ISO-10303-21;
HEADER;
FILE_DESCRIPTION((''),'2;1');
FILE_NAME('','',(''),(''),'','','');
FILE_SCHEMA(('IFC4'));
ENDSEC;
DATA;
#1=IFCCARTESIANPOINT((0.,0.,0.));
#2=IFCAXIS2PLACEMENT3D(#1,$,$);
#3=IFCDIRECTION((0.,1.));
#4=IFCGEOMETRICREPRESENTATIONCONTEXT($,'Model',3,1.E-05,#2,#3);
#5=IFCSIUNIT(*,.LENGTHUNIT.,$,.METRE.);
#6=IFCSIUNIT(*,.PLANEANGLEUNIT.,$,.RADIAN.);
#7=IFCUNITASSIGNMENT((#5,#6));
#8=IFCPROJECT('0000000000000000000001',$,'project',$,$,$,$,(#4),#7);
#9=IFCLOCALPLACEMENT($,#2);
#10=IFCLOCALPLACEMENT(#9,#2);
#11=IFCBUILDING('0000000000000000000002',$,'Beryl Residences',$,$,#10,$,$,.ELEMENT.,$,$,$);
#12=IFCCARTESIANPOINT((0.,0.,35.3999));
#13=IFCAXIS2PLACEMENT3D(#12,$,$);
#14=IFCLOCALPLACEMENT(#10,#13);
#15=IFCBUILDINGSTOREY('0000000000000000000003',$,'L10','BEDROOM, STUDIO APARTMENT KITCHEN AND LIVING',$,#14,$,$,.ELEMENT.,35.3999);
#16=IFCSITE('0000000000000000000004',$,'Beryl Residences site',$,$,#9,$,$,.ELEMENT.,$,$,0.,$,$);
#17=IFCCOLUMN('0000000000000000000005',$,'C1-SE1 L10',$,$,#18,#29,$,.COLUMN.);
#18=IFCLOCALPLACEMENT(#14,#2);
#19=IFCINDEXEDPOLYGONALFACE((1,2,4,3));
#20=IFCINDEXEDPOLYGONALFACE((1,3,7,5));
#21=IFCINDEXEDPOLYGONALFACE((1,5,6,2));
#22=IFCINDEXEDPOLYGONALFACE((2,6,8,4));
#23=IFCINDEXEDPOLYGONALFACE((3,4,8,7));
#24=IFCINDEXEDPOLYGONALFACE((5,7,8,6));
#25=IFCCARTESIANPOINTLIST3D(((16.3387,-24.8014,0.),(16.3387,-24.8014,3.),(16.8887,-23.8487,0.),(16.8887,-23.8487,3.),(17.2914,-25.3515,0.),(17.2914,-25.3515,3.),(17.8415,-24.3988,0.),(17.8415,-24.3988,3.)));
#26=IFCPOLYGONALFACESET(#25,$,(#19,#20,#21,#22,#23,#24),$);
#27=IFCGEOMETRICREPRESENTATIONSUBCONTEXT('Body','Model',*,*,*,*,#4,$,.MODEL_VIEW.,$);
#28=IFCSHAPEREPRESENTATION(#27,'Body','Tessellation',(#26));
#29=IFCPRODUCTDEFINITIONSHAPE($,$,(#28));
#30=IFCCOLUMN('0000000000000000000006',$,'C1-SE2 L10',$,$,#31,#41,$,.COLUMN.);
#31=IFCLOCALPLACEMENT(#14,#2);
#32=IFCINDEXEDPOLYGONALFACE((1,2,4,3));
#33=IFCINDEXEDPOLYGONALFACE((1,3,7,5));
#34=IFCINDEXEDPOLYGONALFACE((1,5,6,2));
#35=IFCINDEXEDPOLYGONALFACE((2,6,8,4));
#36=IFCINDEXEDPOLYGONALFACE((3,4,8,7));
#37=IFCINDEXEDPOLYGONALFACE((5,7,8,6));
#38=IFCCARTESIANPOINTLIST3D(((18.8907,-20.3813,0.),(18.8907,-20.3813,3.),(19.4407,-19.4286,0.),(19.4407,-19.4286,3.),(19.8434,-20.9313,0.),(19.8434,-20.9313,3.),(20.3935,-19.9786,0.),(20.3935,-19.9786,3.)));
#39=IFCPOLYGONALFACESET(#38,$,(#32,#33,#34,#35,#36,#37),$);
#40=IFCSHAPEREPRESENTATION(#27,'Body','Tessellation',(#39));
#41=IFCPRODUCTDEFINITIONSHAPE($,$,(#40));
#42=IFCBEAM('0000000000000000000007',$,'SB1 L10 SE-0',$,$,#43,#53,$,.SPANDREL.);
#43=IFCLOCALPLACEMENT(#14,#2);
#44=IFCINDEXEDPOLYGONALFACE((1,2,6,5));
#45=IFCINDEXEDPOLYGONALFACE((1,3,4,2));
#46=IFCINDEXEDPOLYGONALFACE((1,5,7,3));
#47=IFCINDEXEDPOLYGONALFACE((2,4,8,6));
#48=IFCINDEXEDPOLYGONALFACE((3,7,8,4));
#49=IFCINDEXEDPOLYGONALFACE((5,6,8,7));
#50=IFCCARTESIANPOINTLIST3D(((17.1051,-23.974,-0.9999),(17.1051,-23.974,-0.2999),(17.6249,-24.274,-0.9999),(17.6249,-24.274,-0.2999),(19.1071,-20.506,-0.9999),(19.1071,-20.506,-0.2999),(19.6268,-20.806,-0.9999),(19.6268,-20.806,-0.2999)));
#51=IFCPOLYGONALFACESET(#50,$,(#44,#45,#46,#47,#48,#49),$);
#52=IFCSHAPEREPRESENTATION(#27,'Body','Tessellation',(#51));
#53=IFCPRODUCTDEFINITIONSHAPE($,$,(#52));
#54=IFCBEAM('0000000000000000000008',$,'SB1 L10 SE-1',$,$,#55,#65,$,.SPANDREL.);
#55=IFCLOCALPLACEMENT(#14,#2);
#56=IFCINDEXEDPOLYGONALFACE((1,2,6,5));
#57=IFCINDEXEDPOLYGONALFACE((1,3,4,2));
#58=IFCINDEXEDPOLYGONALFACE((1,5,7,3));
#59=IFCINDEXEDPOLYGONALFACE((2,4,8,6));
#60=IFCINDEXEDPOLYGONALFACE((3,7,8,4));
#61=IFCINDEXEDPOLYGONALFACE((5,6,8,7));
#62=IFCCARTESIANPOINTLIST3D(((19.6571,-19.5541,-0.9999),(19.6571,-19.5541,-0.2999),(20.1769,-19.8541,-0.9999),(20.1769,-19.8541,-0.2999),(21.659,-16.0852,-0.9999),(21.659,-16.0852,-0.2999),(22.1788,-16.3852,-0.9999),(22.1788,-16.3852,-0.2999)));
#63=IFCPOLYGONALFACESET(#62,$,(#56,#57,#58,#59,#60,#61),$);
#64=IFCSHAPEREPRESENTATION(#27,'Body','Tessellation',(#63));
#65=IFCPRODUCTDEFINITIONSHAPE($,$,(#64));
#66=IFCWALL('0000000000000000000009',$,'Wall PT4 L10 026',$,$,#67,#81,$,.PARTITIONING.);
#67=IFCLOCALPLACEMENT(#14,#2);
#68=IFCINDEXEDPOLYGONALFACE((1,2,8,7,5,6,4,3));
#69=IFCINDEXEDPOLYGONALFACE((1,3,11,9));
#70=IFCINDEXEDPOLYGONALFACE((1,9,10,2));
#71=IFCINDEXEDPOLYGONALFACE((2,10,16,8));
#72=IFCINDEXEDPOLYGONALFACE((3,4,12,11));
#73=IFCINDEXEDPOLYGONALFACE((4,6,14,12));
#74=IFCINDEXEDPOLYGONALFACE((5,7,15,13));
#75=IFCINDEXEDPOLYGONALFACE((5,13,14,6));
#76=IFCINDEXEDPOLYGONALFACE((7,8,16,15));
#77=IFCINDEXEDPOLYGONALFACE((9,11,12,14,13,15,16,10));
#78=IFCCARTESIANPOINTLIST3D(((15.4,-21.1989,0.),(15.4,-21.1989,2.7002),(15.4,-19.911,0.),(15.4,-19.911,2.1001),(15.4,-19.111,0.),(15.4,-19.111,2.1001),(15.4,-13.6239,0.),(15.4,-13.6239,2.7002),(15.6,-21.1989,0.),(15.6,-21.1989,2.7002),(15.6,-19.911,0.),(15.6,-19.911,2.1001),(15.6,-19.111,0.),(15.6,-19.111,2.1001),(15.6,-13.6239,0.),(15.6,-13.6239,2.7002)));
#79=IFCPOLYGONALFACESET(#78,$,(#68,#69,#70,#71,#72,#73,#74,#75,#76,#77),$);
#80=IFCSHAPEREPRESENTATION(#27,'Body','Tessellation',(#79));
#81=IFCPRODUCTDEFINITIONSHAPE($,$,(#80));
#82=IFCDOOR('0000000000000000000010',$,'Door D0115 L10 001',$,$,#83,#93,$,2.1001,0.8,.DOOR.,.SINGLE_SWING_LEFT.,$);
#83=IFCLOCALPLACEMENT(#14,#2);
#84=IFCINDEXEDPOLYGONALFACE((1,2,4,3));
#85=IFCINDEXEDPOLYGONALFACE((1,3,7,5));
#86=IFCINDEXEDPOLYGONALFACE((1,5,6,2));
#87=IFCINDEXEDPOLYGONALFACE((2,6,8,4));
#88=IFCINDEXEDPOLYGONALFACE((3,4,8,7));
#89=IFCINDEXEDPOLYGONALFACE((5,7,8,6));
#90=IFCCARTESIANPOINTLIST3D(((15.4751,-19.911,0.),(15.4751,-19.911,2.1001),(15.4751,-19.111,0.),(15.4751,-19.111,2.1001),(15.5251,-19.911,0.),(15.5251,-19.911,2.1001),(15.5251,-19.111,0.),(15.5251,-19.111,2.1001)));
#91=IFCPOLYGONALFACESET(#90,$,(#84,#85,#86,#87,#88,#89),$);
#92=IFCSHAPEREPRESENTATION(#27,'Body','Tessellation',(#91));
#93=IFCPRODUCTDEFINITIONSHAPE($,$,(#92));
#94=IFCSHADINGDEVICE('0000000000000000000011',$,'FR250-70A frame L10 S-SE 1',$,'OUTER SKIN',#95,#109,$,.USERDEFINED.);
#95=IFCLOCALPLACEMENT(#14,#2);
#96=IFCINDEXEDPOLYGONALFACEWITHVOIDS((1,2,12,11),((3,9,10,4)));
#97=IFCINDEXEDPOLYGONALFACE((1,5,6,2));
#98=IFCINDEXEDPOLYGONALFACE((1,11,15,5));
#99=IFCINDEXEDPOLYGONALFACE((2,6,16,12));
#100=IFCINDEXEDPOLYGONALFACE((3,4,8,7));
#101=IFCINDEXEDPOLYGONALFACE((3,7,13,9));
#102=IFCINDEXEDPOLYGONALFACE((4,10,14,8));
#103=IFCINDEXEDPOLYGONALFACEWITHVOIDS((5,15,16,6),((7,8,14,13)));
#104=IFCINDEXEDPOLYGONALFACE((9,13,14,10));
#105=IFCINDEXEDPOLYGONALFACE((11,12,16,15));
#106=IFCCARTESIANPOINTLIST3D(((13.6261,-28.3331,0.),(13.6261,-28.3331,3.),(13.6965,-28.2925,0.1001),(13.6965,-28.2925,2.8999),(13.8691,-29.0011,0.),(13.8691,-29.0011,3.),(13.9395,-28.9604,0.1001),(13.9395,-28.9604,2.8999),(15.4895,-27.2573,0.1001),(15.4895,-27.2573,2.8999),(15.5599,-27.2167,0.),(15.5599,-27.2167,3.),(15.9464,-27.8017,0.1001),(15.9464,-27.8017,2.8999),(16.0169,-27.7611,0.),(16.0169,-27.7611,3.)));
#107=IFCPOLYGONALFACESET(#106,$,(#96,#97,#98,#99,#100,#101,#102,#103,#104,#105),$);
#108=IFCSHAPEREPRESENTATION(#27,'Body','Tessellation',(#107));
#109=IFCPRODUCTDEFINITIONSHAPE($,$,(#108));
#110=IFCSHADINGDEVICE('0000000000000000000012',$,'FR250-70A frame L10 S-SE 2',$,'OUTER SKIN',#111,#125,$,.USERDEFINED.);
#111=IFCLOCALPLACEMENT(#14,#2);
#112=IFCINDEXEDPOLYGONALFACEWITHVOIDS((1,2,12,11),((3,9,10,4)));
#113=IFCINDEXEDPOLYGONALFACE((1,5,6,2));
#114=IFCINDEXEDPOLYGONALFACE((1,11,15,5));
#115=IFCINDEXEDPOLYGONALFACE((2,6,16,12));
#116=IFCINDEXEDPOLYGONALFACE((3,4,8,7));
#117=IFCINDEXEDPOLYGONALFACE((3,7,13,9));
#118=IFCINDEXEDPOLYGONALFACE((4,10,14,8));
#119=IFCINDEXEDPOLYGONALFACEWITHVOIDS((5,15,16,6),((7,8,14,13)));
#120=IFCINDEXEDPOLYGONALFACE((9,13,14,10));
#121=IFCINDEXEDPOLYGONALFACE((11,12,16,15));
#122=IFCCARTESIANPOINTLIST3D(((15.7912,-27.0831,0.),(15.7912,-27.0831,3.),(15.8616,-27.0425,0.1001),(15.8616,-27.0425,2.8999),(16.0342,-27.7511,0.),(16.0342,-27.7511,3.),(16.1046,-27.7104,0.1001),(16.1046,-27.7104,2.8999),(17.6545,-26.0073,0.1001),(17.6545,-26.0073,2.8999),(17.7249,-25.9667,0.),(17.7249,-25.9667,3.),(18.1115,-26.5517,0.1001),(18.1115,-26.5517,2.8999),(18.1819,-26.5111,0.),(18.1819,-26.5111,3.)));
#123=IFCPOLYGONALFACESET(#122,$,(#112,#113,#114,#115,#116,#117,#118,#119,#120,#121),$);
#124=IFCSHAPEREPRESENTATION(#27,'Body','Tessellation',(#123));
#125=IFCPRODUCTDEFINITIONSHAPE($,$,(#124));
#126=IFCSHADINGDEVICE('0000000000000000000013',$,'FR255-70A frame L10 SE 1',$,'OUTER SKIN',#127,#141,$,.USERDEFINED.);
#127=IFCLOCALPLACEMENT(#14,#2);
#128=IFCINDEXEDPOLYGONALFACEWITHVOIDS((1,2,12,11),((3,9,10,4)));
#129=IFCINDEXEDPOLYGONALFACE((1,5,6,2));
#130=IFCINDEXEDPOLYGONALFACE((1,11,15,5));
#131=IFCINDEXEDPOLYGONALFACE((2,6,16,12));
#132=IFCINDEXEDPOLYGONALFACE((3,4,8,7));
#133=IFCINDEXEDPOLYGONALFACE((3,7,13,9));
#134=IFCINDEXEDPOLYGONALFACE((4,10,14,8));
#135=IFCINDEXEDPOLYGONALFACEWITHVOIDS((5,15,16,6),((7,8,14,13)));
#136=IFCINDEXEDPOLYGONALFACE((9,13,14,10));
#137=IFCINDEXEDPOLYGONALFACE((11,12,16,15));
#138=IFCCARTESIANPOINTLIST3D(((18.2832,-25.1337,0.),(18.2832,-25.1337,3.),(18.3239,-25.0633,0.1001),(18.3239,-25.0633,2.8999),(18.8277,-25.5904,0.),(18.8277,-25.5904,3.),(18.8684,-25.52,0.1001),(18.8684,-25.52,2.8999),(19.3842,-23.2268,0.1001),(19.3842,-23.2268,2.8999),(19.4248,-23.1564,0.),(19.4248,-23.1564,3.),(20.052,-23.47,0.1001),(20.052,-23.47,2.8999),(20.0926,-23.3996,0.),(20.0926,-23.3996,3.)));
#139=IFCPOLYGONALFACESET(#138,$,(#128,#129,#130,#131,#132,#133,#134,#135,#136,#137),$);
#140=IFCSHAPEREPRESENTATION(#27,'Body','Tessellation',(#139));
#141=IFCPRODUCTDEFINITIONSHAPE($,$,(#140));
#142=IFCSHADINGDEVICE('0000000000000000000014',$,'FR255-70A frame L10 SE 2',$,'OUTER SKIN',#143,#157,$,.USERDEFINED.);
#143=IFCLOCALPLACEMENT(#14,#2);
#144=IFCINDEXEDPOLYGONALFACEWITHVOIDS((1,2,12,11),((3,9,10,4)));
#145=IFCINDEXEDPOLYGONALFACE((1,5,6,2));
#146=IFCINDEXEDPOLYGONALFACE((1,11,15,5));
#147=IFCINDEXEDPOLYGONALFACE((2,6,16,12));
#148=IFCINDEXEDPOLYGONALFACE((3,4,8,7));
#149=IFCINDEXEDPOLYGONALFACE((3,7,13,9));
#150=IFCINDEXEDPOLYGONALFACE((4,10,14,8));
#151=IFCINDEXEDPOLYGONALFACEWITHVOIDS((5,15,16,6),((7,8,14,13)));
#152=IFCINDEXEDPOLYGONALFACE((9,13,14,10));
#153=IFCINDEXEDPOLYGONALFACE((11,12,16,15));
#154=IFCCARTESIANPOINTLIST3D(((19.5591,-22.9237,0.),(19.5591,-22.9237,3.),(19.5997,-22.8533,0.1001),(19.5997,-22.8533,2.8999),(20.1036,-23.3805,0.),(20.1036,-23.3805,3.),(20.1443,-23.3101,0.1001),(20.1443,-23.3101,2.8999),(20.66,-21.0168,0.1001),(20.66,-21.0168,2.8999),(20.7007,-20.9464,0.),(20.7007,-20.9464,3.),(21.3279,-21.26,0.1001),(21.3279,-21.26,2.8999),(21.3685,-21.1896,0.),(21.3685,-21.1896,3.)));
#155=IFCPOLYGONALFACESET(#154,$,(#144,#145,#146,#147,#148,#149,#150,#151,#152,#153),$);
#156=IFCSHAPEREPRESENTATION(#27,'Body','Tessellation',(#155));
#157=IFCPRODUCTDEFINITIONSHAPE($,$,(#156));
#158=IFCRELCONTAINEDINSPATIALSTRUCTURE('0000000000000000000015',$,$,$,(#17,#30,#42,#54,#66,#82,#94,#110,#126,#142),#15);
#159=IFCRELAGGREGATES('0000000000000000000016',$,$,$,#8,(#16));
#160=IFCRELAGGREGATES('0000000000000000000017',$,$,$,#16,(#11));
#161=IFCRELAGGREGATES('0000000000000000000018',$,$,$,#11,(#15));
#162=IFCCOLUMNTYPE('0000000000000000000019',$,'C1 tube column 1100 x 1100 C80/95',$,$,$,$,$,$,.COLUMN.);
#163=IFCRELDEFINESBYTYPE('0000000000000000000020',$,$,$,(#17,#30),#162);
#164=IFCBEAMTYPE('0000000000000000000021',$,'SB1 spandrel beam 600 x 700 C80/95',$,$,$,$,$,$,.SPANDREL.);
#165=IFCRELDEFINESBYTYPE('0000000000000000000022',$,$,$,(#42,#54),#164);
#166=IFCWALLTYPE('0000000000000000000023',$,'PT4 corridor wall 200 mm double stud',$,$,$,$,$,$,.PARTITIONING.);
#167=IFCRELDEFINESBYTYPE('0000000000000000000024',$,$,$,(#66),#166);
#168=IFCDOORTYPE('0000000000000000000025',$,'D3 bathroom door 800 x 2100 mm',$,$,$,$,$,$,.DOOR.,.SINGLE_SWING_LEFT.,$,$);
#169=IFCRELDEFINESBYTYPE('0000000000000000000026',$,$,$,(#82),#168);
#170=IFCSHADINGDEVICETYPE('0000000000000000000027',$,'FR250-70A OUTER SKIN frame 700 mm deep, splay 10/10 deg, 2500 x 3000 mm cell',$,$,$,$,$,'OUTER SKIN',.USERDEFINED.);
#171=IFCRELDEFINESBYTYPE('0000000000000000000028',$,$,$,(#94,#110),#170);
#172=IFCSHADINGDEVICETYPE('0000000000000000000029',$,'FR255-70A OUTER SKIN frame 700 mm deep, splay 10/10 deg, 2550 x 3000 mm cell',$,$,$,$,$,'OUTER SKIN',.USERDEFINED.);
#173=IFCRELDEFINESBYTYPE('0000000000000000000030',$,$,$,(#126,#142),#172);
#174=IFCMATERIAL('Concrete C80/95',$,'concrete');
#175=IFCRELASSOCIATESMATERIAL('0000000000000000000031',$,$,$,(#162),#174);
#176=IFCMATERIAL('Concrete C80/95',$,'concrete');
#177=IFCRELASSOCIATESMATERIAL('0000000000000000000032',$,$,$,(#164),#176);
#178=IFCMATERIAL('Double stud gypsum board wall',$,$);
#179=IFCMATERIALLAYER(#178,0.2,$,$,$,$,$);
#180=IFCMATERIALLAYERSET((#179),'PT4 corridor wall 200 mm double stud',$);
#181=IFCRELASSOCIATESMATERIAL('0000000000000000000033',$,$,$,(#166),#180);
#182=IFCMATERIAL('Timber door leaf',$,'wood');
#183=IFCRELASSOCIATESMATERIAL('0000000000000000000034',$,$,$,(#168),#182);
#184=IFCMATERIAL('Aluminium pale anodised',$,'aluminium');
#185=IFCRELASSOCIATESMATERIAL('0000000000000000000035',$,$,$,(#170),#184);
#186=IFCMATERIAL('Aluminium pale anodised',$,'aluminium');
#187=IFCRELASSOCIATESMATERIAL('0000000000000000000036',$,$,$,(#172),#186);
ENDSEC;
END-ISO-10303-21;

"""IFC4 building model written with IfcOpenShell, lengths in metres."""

from ifc_helpers import new_model, entity, si_unit, direction, frame, frame_2d, origin, origin_2d, place, context, subcontext, project, spatial, rectangle, extrude, source, transform, mapped, material, layer, layer_set, material_profile, profile_set, type_object, type_shapes, element, fill, save


model = new_model("IFC4")

# Units and contexts
model_context = context("Model", 3, precision=1e-05, world=origin(), true_north=direction((0.0, 1.0)))
body_context = subcontext(model_context, "Body", "Model", "MODEL_VIEW")
ifc_project = project(units=[si_unit("LENGTHUNIT", "METRE"), si_unit("PLANEANGLEUNIT", "RADIAN")], contexts=[model_context])

# Site, building, storey
site_placement = place(None, origin())
site = spatial("IfcSite", under=ifc_project, at=site_placement, Name="Beryl Residences site", CompositionType="ELEMENT", RefElevation=0.0)
building_placement = place(site_placement, origin())
building = spatial("IfcBuilding", under=site, at=building_placement, Name="Beryl Residences", CompositionType="ELEMENT")
storey_placement = place(building_placement, frame((0.0, 0.0, 35.3999)))
storey = spatial("IfcBuildingStorey", under=building, at=storey_placement, Name="L10", Description="BEDROOM, STUDIO APARTMENT KITCHEN AND LIVING", CompositionType="ELEMENT", Elevation=35.3999)

# Columns
ifc_material_1 = material(Name="Concrete C80/95", Category="concrete")
ifc_material_profile_1 = material_profile(ifc_material_1, rectangle(XDim=1.1001, YDim=1.1001, at=origin_2d()))
ifc_profile_set_1 = profile_set([ifc_material_profile_1], Name="Concrete C80/95")
column_type = type_object("IfcColumnType", Name="C1 tube column 1100 x 1100 C80/95", PredefinedType="COLUMN", material=ifc_profile_set_1)
for number, where, z_axis, x_axis, name in (
    (1, (17.0901, -24.6001, 0.0), (0.0, 0.0, 1.0), (0.499985, 0.866034, 0.0), "C1-SE1 L10"),
    (2, (19.6421, -20.1799, 0.0), (0.0, 0.0, 1.0), (0.499985, 0.866034, 0.0), "C1-SE2 L10"),
):
    element("IfcColumn", number, at=place(storey_placement, frame(where, z_axis=z_axis, x_axis=x_axis)), inside=storey, type_object=column_type, Name=name, PredefinedType="COLUMN", context=body_context, shape_type="SweptSolid", body=[
        extrude(rectangle(XDim=1.1001, YDim=1.1001, at=origin_2d()), origin(), (0.0, 0.0, 1.0), 3.0),
    ])

# Beams
ifc_material_2 = material(Name="Concrete C80/95", Category="concrete")
ifc_material_profile_2 = material_profile(ifc_material_2, rectangle(XDim=0.6001, YDim=0.7, at=origin_2d()))
ifc_profile_set_2 = profile_set([ifc_material_profile_2], Name="Concrete C80/95")
beam_type = type_object("IfcBeamType", Name="SB1 spandrel beam 600 x 700 C80/95", PredefinedType="SPANDREL", material=ifc_profile_set_2)
beam_1_placement = place(storey_placement, frame((17.365, -24.124, -0.6499), z_axis=(0.499942, 0.866059, 0.0), x_axis=(-0.866059, 0.499942, 0.0)))
element("IfcBeam", 3, at=beam_1_placement, inside=storey, type_object=beam_type, Name="SB1 L10 SE-0", PredefinedType="SPANDREL", context=body_context, shape_type="SweptSolid", body=[
    extrude(rectangle(XDim=0.6001, YDim=0.7, at=origin_2d()), origin(), (0.0, 0.0, 1.0), 4.0044),
])
beam_2_placement = place(storey_placement, frame((19.917, -19.7041, -0.6499), z_axis=(0.499837, 0.86612, 0.0), x_axis=(-0.86612, 0.499837, 0.0)))
element("IfcBeam", 4, at=beam_2_placement, inside=storey, type_object=beam_type, Name="SB1 L10 SE-1", PredefinedType="SPANDREL", context=body_context, shape_type="SweptSolid", body=[
    extrude(rectangle(XDim=0.6001, YDim=0.7, at=origin_2d()), origin(), (0.0, 0.0, 1.0), 4.0051),
])

# Wall, opening, door
ifc_material_3 = material(Name="Double stud gypsum board wall")
ifc_layer_1 = layer(ifc_material_3, 0.2)
ifc_layer_set_1 = layer_set([ifc_layer_1], Name="PT4 corridor wall 200 mm double stud")
wall_type_1 = type_object("IfcWallType", Name="PT4 corridor wall 200 mm double stud", PredefinedType="PARTITIONING", material=ifc_layer_set_1)
wall_1_placement = place(storey_placement, frame((15.5, -21.199, 0.0), z_axis=(0.0, 0.0, 1.0), x_axis=(0.0, 1.0, 0.0)))
wall_1 = element("IfcWall", 5, at=wall_1_placement, inside=storey, type_object=wall_type_1, Name="Wall PT4 L10 026", PredefinedType="PARTITIONING", context=body_context, shape_type="SweptSolid", body=[
    extrude(rectangle(XDim=7.575, YDim=0.2, at=frame_2d((3.7876, 0.0))), origin(), (0.0, 0.0, 1.0), 2.7002),
])
opening_1_placement = place(wall_1_placement, frame((1.2881, 0.0, 0.0)))
opening_1 = element("IfcOpeningElement", 6, at=opening_1_placement, cuts=wall_1, PredefinedType="OPENING", context=body_context, shape_type="SweptSolid", body=[
    extrude(rectangle(XDim=0.8, YDim=2.1001, at=frame_2d((0.3999, 1.05))), frame((0.0, 0.1099, 0.0), z_axis=(0.0, -1.0, 0.0), x_axis=(1.0, 0.0, 0.0)), (0.0, 0.0, 1.0), 0.22),
])
ifc_material_4 = material(Name="Timber door leaf", Category="wood")
door_type = type_object("IfcDoorType", Name="D3 bathroom door 800 x 2100 mm", OperationType="SINGLE_SWING_LEFT", PredefinedType="DOOR", material=ifc_material_4)
door_placement = place(opening_1_placement, origin())
door = element("IfcDoor", 7, at=door_placement, inside=storey, type_object=door_type, Name="Door D0115 L10 001", OperationType="SINGLE_SWING_LEFT", OverallHeight=2.1001, OverallWidth=0.8, PredefinedType="DOOR", context=body_context, shape_type="SweptSolid", body=[
    extrude(rectangle(XDim=0.8, YDim=2.1001, at=frame_2d((0.3999, 1.05))), frame((0.0, 0.0249, 0.0), z_axis=(0.0, -1.0, 0.0), x_axis=(1.0, 0.0, 0.0)), (0.0, 0.0, 1.0), 0.05),
])
fill(opening_1, door)

# Shading devices
ifc_material_5 = material(Name="Aluminium pale anodised", Category="aluminium")
shading_device_type_1 = type_object("IfcShadingDeviceType", Name="FR250-70A OUTER SKIN frame 700 mm deep, splay 10/10 deg, 2500 x 3000 mm cell", ElementType="OUTER SKIN", PredefinedType="USERDEFINED", material=ifc_material_5)
cartesian_point_1 = entity("IfcCartesianPoint", [-1.1165, 0.0])
cartesian_point_2 = entity("IfcCartesianPoint", [-1.0352, 0.1001])
cartesian_point_3 = entity("IfcCartesianPoint", [-1.24, 0.0])
cartesian_point_4 = entity("IfcCartesianPoint", [-1.1587, 0.1001])
shared_shape_1 = source(origin(), body_context, "Body", "SweptSolid", [
    entity("IfcExtrudedAreaSolidTapered", entity("IfcArbitraryProfileDefWithVoids", "AREA", None, entity("IfcPolyline", [cartesian_point_1, entity("IfcCartesianPoint", [1.1165, 0.0]), entity("IfcCartesianPoint", [1.1165, 3.0]), entity("IfcCartesianPoint", [-1.1165, 3.0]), cartesian_point_1]), [entity("IfcPolyline", [cartesian_point_2, entity("IfcCartesianPoint", [1.0352, 0.1001]), entity("IfcCartesianPoint", [1.0352, 2.8999]), entity("IfcCartesianPoint", [-1.0352, 2.8999]), cartesian_point_2])]), entity("IfcAxis2Placement3D", entity("IfcCartesianPoint", [0.0, 0.0, 0.0]), entity("IfcDirection", [0.0, 1.0, 0.0]), entity("IfcDirection", [-1.0, 0.0, 0.0])), entity("IfcDirection", [0.0, 0.0, 1.0]), 0.7, entity("IfcArbitraryProfileDefWithVoids", "AREA", None, entity("IfcPolyline", [cartesian_point_3, entity("IfcCartesianPoint", [1.24, 0.0]), entity("IfcCartesianPoint", [1.24, 3.0]), entity("IfcCartesianPoint", [-1.24, 3.0]), cartesian_point_3]), [entity("IfcPolyline", [cartesian_point_4, entity("IfcCartesianPoint", [1.1587, 0.1001]), entity("IfcCartesianPoint", [1.1587, 2.8999]), entity("IfcCartesianPoint", [-1.1587, 2.8999]), cartesian_point_4])])),
])
type_shapes(shading_device_type_1, [shared_shape_1])
for number, where, z_axis, x_axis, name in (
    (8, (14.593, -27.7749, 0.0), (0.0, 0.0, 1.0), (-0.866025, -0.5, 0.0), "FR250-70A frame L10 S-SE 1"),
    (9, (16.7581, -26.5249, 0.0), (0.0, 0.0, 1.0), (-0.866025, -0.5, 0.0), "FR250-70A frame L10 S-SE 2"),
):
    element("IfcShadingDevice", number, at=place(storey_placement, frame(where, z_axis=z_axis, x_axis=x_axis)), inside=storey, type_object=shading_device_type_1, Name=name, ObjectType="OUTER SKIN", PredefinedType="USERDEFINED", context=body_context, shape_type="MappedRepresentation", body=[
        mapped(shared_shape_1, transform((0.0, 0.0, 0.0))),
    ])
ifc_material_6 = material(Name="Aluminium pale anodised", Category="aluminium")
shading_device_type_2 = type_object("IfcShadingDeviceType", Name="FR255-70A OUTER SKIN frame 700 mm deep, splay 10/10 deg, 2550 x 3000 mm cell", ElementType="OUTER SKIN", PredefinedType="USERDEFINED", material=ifc_material_6)
cartesian_point_5 = entity("IfcCartesianPoint", [-1.1416, 0.0])
cartesian_point_6 = entity("IfcCartesianPoint", [-1.0603, 0.1001])
cartesian_point_7 = entity("IfcCartesianPoint", [-1.2649, 0.0])
cartesian_point_8 = entity("IfcCartesianPoint", [-1.1836, 0.1001])
shared_shape_2 = source(origin(), body_context, "Body", "SweptSolid", [
    entity("IfcExtrudedAreaSolidTapered", entity("IfcArbitraryProfileDefWithVoids", "AREA", None, entity("IfcPolyline", [cartesian_point_5, entity("IfcCartesianPoint", [1.1416, 0.0]), entity("IfcCartesianPoint", [1.1416, 3.0]), entity("IfcCartesianPoint", [-1.1416, 3.0]), cartesian_point_5]), [entity("IfcPolyline", [cartesian_point_6, entity("IfcCartesianPoint", [1.0603, 0.1001]), entity("IfcCartesianPoint", [1.0603, 2.8999]), entity("IfcCartesianPoint", [-1.0603, 2.8999]), cartesian_point_6])]), entity("IfcAxis2Placement3D", entity("IfcCartesianPoint", [0.0, 0.0, 0.0]), entity("IfcDirection", [0.0, 1.0, 0.0]), entity("IfcDirection", [-1.0, 0.0, 0.0])), entity("IfcDirection", [0.0, 0.0, 1.0]), 0.7, entity("IfcArbitraryProfileDefWithVoids", "AREA", None, entity("IfcPolyline", [cartesian_point_7, entity("IfcCartesianPoint", [1.2649, 0.0]), entity("IfcCartesianPoint", [1.2649, 3.0]), entity("IfcCartesianPoint", [-1.2649, 3.0]), cartesian_point_7]), [entity("IfcPolyline", [cartesian_point_8, entity("IfcCartesianPoint", [1.1836, 0.1001]), entity("IfcCartesianPoint", [1.1836, 2.8999]), entity("IfcCartesianPoint", [-1.1836, 2.8999]), cartesian_point_8])])),
])
type_shapes(shading_device_type_2, [shared_shape_2])
for number, where, z_axis, x_axis, name in (
    (10, (18.854, -24.145, 0.0), (0.0, 0.0, 1.0), (-0.5, -0.866025, 0.0), "FR255-70A frame L10 SE 1"),
    (11, (20.1299, -21.9351, 0.0), (0.0, 0.0, 1.0), (-0.5, -0.866025, 0.0), "FR255-70A frame L10 SE 2"),
):
    element("IfcShadingDevice", number, at=place(storey_placement, frame(where, z_axis=z_axis, x_axis=x_axis)), inside=storey, type_object=shading_device_type_2, Name=name, ObjectType="OUTER SKIN", PredefinedType="USERDEFINED", context=body_context, shape_type="MappedRepresentation", body=[
        mapped(shared_shape_2, transform((0.0, 0.0, 0.0))),
    ])

save(model, "model.ifc")
